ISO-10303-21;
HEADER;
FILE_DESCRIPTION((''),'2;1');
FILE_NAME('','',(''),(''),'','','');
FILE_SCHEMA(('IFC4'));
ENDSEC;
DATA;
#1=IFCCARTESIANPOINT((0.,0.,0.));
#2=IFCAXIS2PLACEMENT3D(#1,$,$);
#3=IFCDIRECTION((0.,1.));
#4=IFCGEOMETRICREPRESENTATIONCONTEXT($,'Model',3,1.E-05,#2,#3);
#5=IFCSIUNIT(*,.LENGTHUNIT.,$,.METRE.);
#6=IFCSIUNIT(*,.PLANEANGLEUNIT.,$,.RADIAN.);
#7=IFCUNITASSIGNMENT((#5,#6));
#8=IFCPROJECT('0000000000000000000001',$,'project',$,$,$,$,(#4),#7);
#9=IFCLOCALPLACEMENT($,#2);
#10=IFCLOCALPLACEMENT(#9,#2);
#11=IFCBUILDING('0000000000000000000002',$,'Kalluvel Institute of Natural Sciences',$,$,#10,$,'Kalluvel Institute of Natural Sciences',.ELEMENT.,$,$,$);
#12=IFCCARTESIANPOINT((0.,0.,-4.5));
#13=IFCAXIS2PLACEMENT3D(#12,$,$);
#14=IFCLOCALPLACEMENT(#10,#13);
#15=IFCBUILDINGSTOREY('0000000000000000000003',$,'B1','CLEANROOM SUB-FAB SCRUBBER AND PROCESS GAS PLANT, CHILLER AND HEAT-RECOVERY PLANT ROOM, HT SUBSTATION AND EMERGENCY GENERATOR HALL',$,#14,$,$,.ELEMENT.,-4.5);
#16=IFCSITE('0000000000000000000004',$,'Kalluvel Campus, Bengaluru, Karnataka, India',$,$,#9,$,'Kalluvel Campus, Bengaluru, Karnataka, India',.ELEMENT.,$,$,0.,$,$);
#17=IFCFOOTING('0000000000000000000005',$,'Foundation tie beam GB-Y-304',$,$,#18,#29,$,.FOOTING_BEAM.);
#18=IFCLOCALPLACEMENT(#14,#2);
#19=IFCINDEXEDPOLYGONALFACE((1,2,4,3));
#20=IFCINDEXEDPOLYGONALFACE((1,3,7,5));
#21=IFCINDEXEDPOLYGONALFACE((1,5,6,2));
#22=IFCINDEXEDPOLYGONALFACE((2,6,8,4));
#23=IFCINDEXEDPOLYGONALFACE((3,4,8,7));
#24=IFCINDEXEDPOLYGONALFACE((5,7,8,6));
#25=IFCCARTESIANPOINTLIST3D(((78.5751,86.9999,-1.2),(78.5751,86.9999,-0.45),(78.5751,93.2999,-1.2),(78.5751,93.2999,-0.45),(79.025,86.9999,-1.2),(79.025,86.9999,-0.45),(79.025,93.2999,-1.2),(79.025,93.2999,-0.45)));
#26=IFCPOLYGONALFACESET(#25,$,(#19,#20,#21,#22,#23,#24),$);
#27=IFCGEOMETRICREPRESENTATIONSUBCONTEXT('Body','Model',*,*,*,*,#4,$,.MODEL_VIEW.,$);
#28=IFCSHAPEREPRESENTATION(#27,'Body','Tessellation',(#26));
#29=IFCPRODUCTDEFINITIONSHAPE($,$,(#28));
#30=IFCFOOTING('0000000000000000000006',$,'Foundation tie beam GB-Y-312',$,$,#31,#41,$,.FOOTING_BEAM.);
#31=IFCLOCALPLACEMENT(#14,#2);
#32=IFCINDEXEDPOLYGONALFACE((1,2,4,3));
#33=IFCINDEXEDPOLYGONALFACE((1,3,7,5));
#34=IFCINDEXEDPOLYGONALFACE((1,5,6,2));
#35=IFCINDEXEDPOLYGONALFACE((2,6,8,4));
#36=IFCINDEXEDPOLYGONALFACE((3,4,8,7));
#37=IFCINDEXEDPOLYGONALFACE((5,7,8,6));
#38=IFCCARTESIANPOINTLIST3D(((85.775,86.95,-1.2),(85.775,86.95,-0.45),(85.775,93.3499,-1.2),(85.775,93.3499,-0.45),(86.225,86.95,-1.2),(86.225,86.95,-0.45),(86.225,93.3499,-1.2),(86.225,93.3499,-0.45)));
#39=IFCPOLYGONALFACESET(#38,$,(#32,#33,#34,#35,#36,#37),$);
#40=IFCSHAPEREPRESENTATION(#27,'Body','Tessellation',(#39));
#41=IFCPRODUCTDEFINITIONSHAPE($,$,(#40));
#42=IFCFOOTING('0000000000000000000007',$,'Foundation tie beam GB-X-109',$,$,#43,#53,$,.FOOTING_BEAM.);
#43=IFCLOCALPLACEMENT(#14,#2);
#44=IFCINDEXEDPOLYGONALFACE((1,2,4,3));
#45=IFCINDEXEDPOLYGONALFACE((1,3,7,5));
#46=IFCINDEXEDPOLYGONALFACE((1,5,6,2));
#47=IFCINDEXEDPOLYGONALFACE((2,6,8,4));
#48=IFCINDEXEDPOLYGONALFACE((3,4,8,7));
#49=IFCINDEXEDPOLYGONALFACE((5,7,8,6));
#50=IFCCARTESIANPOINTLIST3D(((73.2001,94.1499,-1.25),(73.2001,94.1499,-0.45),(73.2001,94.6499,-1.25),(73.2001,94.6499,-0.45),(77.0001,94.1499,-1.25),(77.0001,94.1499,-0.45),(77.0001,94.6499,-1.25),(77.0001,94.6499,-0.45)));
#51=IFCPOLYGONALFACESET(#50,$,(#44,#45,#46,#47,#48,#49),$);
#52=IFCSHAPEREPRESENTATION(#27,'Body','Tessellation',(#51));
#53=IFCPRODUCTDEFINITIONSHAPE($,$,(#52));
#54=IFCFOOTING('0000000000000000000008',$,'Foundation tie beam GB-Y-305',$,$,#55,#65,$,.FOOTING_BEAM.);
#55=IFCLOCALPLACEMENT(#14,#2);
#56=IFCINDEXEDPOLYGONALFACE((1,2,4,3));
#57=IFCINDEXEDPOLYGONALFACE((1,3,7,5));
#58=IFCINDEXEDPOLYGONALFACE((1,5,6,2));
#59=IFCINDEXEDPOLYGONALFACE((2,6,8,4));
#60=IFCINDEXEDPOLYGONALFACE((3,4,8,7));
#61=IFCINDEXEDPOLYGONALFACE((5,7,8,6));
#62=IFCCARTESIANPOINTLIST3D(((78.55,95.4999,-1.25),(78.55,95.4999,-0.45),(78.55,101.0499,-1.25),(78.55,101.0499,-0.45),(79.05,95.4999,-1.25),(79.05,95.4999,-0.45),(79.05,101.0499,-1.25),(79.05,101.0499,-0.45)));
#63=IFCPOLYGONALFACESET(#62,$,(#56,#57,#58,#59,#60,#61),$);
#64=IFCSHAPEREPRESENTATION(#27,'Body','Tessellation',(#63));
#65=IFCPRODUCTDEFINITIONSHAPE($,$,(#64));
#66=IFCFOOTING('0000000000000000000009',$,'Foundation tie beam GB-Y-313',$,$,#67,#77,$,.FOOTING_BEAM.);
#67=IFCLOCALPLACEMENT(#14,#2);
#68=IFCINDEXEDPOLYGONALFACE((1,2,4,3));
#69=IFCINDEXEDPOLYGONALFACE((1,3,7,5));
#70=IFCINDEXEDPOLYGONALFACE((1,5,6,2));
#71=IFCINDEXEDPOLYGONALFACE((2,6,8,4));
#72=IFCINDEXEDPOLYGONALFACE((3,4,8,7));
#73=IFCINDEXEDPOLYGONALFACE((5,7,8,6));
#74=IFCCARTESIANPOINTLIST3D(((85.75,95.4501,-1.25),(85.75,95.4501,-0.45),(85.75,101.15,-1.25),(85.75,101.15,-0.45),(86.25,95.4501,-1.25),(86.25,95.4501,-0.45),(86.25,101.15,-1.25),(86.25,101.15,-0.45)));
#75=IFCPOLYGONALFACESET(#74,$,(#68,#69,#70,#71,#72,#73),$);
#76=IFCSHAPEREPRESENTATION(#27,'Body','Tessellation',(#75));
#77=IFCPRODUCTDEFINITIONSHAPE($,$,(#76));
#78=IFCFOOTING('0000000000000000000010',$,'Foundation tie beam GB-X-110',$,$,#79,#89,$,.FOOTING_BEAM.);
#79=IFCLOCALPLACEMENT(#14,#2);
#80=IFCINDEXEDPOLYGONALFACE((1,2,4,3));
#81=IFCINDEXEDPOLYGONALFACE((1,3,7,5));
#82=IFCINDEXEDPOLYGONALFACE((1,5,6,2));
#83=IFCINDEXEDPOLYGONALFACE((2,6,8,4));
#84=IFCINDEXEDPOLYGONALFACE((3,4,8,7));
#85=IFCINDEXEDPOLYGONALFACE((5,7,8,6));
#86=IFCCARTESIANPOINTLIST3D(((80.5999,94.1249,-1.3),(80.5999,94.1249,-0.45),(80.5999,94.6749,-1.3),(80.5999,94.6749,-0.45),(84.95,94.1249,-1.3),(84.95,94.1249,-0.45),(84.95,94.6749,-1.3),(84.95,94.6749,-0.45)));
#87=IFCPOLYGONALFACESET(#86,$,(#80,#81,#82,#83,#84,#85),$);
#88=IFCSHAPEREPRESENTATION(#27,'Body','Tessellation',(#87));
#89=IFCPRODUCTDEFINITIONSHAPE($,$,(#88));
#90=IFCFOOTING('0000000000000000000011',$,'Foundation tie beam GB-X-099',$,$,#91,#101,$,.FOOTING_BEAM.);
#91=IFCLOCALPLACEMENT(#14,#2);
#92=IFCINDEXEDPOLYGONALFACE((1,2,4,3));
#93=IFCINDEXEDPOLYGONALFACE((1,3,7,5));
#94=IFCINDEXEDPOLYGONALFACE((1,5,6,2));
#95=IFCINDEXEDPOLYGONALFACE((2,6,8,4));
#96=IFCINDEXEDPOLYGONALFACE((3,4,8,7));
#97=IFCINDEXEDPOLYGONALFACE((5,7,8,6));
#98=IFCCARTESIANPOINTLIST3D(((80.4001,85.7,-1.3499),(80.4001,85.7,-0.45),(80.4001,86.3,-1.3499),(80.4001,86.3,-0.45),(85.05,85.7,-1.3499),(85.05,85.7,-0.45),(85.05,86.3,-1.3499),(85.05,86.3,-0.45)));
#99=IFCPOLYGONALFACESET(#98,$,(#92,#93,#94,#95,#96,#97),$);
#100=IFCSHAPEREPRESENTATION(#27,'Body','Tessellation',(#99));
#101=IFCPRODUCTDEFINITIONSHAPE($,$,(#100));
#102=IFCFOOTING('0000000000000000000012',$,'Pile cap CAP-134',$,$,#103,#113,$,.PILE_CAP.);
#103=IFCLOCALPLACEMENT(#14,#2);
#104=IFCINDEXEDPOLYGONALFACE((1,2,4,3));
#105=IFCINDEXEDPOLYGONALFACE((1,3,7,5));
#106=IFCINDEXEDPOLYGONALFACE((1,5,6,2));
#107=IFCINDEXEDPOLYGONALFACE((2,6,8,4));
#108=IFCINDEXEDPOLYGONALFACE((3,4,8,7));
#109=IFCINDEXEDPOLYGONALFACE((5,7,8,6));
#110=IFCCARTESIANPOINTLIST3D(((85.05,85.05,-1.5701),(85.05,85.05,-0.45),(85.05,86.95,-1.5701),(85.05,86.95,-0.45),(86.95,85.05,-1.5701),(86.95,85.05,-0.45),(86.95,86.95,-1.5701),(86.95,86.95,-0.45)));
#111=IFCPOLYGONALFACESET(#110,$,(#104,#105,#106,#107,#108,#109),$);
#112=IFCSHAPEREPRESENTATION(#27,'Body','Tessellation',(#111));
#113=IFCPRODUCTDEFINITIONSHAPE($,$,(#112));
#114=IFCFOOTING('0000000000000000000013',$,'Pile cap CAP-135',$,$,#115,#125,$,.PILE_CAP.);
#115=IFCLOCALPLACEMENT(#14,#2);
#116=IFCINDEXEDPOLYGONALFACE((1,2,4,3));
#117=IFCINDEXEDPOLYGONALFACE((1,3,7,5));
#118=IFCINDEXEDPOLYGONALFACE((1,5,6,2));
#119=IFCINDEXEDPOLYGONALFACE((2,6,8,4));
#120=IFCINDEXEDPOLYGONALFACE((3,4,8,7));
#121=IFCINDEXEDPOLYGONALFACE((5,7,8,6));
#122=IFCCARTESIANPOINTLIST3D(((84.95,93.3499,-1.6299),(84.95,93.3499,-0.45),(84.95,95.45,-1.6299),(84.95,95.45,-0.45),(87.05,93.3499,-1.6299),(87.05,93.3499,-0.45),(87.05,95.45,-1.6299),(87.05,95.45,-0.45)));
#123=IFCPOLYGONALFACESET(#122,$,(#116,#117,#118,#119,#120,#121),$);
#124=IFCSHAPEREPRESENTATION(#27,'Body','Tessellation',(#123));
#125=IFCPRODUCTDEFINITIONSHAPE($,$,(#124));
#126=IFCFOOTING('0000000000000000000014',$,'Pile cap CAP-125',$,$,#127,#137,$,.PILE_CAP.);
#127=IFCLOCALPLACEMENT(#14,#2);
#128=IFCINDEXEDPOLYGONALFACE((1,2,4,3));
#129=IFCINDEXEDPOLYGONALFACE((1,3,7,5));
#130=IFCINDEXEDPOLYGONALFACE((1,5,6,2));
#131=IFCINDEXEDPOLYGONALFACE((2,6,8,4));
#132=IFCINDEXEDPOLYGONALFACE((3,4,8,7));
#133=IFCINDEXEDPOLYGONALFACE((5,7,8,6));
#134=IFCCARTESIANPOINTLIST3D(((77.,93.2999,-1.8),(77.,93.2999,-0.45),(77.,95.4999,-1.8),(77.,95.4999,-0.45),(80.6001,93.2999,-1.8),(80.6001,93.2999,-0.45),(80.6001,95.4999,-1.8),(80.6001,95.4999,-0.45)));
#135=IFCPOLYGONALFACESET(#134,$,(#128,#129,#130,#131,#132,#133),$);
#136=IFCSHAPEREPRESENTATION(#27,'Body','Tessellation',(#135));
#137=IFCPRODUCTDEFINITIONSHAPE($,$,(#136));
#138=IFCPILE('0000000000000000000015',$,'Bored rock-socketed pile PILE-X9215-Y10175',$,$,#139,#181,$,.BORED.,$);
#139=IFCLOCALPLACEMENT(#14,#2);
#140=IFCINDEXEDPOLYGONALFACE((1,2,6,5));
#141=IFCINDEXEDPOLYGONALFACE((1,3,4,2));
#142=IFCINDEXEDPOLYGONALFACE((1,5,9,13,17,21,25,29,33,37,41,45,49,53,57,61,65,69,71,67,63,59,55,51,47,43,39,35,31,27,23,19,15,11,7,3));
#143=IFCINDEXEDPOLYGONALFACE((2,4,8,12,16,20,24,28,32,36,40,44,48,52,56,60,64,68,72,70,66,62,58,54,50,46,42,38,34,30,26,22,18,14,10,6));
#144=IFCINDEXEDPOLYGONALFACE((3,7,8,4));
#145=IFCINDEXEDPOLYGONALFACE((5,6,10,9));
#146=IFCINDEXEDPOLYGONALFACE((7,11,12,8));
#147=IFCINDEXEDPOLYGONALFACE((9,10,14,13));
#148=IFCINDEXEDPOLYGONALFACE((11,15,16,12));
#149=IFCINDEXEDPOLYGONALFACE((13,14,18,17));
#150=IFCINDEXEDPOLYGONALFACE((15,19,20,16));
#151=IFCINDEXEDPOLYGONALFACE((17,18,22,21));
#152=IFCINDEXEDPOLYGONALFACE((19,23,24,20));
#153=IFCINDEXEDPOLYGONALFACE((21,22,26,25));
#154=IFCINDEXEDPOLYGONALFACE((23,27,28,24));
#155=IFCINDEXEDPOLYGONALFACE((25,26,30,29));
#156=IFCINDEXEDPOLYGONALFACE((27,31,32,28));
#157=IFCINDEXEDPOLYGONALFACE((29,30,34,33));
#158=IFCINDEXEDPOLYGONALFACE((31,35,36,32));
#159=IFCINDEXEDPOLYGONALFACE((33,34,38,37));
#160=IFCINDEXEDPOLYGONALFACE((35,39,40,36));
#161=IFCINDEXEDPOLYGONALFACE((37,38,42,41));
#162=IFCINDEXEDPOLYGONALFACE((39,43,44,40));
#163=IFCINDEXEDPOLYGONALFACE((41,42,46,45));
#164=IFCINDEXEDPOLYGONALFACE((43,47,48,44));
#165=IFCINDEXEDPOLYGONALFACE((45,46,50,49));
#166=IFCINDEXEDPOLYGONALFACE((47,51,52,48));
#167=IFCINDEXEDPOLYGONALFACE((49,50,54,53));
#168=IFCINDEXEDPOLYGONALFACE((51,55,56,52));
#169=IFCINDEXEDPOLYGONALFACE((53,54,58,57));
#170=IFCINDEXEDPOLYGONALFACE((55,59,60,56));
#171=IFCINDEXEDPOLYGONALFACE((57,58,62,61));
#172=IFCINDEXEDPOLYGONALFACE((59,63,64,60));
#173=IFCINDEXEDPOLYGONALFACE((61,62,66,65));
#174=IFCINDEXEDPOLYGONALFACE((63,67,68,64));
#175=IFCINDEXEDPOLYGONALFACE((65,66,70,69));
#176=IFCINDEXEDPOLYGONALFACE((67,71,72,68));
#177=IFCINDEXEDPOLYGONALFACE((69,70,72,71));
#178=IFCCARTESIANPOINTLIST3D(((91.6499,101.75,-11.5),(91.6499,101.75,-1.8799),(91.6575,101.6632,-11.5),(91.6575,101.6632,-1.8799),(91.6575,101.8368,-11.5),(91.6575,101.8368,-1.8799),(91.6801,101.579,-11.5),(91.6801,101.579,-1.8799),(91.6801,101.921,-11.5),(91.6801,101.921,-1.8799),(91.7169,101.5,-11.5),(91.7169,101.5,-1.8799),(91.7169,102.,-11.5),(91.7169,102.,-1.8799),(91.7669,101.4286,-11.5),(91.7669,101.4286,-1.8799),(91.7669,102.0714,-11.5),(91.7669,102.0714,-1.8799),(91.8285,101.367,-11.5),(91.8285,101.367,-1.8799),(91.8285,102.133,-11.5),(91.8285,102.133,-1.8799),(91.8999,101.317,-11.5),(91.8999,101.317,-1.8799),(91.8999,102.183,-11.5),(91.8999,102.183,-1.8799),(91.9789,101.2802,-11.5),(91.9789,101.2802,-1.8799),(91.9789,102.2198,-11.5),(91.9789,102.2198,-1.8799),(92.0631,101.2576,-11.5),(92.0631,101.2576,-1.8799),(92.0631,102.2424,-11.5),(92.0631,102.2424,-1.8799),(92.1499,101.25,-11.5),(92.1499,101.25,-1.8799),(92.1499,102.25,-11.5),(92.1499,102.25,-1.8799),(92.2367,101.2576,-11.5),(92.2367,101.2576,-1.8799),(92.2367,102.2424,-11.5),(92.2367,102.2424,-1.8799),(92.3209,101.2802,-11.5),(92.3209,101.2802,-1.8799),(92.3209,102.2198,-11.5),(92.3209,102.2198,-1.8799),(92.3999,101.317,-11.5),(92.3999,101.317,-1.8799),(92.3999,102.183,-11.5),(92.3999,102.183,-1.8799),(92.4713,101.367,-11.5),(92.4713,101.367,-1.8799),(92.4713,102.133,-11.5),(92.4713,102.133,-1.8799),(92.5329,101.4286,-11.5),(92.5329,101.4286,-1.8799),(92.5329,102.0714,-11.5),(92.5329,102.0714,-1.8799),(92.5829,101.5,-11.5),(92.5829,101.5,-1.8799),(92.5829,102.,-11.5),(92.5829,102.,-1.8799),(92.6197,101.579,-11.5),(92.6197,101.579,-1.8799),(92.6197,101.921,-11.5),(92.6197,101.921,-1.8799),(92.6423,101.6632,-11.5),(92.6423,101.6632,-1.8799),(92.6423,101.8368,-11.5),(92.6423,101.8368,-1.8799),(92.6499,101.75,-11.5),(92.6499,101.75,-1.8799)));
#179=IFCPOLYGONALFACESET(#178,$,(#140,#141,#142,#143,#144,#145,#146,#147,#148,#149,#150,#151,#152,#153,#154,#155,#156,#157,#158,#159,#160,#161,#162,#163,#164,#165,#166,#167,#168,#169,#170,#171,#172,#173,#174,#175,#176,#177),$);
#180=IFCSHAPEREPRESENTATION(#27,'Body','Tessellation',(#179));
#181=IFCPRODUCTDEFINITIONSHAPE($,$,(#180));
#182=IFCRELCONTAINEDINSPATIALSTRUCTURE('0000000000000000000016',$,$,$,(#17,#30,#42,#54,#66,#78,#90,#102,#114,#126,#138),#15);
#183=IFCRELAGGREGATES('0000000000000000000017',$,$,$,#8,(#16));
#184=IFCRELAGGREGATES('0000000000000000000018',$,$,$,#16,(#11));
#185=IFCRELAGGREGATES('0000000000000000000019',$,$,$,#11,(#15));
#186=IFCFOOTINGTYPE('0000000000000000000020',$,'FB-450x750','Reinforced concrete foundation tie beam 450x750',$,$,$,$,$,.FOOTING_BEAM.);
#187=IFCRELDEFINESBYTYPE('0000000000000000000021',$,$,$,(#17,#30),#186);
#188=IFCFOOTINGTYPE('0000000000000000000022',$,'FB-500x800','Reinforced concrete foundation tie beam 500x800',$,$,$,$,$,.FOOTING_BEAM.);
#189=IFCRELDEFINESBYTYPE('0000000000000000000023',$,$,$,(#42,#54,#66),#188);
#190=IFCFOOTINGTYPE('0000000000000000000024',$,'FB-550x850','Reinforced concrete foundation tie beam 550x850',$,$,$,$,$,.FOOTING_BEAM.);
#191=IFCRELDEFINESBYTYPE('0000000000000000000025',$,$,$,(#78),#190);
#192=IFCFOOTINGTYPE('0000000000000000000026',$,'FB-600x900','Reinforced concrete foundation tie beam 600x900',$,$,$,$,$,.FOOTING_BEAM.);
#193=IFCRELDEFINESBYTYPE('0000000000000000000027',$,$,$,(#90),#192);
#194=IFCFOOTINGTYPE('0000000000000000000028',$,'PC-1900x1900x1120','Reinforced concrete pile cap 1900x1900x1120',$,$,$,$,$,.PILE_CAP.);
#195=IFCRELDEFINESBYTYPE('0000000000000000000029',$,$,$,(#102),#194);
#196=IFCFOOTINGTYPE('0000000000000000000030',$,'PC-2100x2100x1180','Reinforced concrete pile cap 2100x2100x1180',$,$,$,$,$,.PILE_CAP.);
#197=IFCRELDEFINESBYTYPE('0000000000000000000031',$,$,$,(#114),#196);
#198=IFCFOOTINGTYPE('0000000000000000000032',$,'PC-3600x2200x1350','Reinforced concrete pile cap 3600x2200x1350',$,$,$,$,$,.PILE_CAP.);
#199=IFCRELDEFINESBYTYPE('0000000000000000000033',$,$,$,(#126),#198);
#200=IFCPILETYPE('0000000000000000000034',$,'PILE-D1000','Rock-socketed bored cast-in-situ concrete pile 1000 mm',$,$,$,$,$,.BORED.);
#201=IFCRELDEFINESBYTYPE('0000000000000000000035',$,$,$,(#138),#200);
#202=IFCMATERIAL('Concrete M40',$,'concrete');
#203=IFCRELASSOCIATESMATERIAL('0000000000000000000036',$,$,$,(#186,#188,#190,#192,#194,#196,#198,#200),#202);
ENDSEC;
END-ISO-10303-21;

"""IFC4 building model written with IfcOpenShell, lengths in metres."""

from ifc_helpers import new_model, si_unit, direction, frame, origin, origin_2d, place, context, subcontext, project, spatial, rectangle, circle, extrude, material, material_profile, profile_set, type_object, element, save


model = new_model("IFC4")

# Units and contexts
model_context = context("Model", 3, precision=1e-05, world=origin(), true_north=direction((0.0, 1.0)))
body_context = subcontext(model_context, "Body", "Model", "MODEL_VIEW")
ifc_project = project(units=[si_unit("LENGTHUNIT", "METRE"), si_unit("PLANEANGLEUNIT", "RADIAN")], contexts=[model_context])

# Site, building, storey
site_placement = place(None, origin())
site = spatial("IfcSite", under=ifc_project, at=site_placement, Name="Kalluvel Campus, Bengaluru, Karnataka, India", LongName="Kalluvel Campus, Bengaluru, Karnataka, India", CompositionType="ELEMENT", RefElevation=0.0)
building_placement = place(site_placement, origin())
building = spatial("IfcBuilding", under=site, at=building_placement, Name="Kalluvel Institute of Natural Sciences", LongName="Kalluvel Institute of Natural Sciences", CompositionType="ELEMENT")
storey_placement = place(building_placement, frame((0.0, 0.0, -4.5)))
storey = spatial("IfcBuildingStorey", under=building, at=storey_placement, Name="B1", Description="CLEANROOM SUB-FAB SCRUBBER AND PROCESS GAS PLANT, CHILLER AND HEAT-RECOVERY PLANT ROOM, HT SUBSTATION AND EMERGENCY GENERATOR HALL", CompositionType="ELEMENT", Elevation=-4.5)

# Footings
ifc_material_1 = material(Name="Concrete M40", Category="concrete")
footing_type_1 = type_object("IfcFootingType", Name="FB-450x750", Description="Reinforced concrete foundation tie beam 450x750", PredefinedType="FOOTING_BEAM", material=ifc_material_1)
footing_1_placement = place(storey_placement, frame((78.8, 90.1499, -1.2), z_axis=(0.0, 0.0, 1.0), x_axis=(1.0, 0.0, 0.0)))
element("IfcFooting", 1, at=footing_1_placement, inside=storey, type_object=footing_type_1, Name="Foundation tie beam GB-Y-304", PredefinedType="FOOTING_BEAM", context=body_context, shape_type="SweptSolid", body=[
    extrude(rectangle(XDim=0.45, YDim=6.3, at=origin_2d()), origin(), (0.0, 0.0, 1.0), 0.75),
])
footing_2_placement = place(storey_placement, frame((86.0, 90.1499, -1.2), z_axis=(0.0, 0.0, 1.0), x_axis=(1.0, 0.0, 0.0)))
element("IfcFooting", 2, at=footing_2_placement, inside=storey, type_object=footing_type_1, Name="Foundation tie beam GB-Y-312", PredefinedType="FOOTING_BEAM", context=body_context, shape_type="SweptSolid", body=[
    extrude(rectangle(XDim=0.45, YDim=6.3999, at=origin_2d()), origin(), (0.0, 0.0, 1.0), 0.75),
])
footing_type_2 = type_object("IfcFootingType", Name="FB-500x800", Description="Reinforced concrete foundation tie beam 500x800", PredefinedType="FOOTING_BEAM", material=ifc_material_1)
footing_3_placement = place(storey_placement, frame((75.1001, 94.3999, -1.25), z_axis=(0.0, 0.0, 1.0), x_axis=(1.0, 0.0, 0.0)))
element("IfcFooting", 3, at=footing_3_placement, inside=storey, type_object=footing_type_2, Name="Foundation tie beam GB-X-109", PredefinedType="FOOTING_BEAM", context=body_context, shape_type="SweptSolid", body=[
    extrude(rectangle(XDim=3.8, YDim=0.5, at=origin_2d()), origin(), (0.0, 0.0, 1.0), 0.8),
])
footing_4_placement = place(storey_placement, frame((78.8, 98.2749, -1.25), z_axis=(0.0, 0.0, 1.0), x_axis=(1.0, 0.0, 0.0)))
element("IfcFooting", 4, at=footing_4_placement, inside=storey, type_object=footing_type_2, Name="Foundation tie beam GB-Y-305", PredefinedType="FOOTING_BEAM", context=body_context, shape_type="SweptSolid", body=[
    extrude(rectangle(XDim=0.5, YDim=5.55, at=origin_2d()), origin(), (0.0, 0.0, 1.0), 0.8),
])
footing_5_placement = place(storey_placement, frame((86.0, 98.3, -1.25), z_axis=(0.0, 0.0, 1.0), x_axis=(1.0, 0.0, 0.0)))
element("IfcFooting", 5, at=footing_5_placement, inside=storey, type_object=footing_type_2, Name="Foundation tie beam GB-Y-313", PredefinedType="FOOTING_BEAM", context=body_context, shape_type="SweptSolid", body=[
    extrude(rectangle(XDim=0.5, YDim=5.7, at=origin_2d()), origin(), (0.0, 0.0, 1.0), 0.8),
])
footing_type_3 = type_object("IfcFootingType", Name="FB-550x850", Description="Reinforced concrete foundation tie beam 550x850", PredefinedType="FOOTING_BEAM", material=ifc_material_1)
footing_6_placement = place(storey_placement, frame((82.7749, 94.3999, -1.3), z_axis=(0.0, 0.0, 1.0), x_axis=(1.0, 0.0, 0.0)))
element("IfcFooting", 6, at=footing_6_placement, inside=storey, type_object=footing_type_3, Name="Foundation tie beam GB-X-110", PredefinedType="FOOTING_BEAM", context=body_context, shape_type="SweptSolid", body=[
    extrude(rectangle(XDim=4.3501, YDim=0.55, at=origin_2d()), origin(), (0.0, 0.0, 1.0), 0.8501),
])
footing_type_4 = type_object("IfcFootingType", Name="FB-600x900", Description="Reinforced concrete foundation tie beam 600x900", PredefinedType="FOOTING_BEAM", material=ifc_material_1)
footing_7_placement = place(storey_placement, frame((82.7251, 86.0, -1.3499), z_axis=(0.0, 0.0, 1.0), x_axis=(1.0, 0.0, 0.0)))
element("IfcFooting", 7, at=footing_7_placement, inside=storey, type_object=footing_type_4, Name="Foundation tie beam GB-X-099", PredefinedType="FOOTING_BEAM", context=body_context, shape_type="SweptSolid", body=[
    extrude(rectangle(XDim=4.6499, YDim=0.6001, at=origin_2d()), origin(), (0.0, 0.0, 1.0), 0.8999),
])
footing_type_5 = type_object("IfcFootingType", Name="PC-1900x1900x1120", Description="Reinforced concrete pile cap 1900x1900x1120", PredefinedType="PILE_CAP", material=ifc_material_1)
footing_8_placement = place(storey_placement, frame((86.0, 86.0, -1.5701), z_axis=(0.0, 0.0, 1.0), x_axis=(1.0, 0.0, 0.0)))
element("IfcFooting", 8, at=footing_8_placement, inside=storey, type_object=footing_type_5, Name="Pile cap CAP-134", PredefinedType="PILE_CAP", context=body_context, shape_type="SweptSolid", body=[
    extrude(rectangle(XDim=1.8999, YDim=1.8999, at=origin_2d()), origin(), (0.0, 0.0, 1.0), 1.1201),
])
footing_type_6 = type_object("IfcFootingType", Name="PC-2100x2100x1180", Description="Reinforced concrete pile cap 2100x2100x1180", PredefinedType="PILE_CAP", material=ifc_material_1)
footing_9_placement = place(storey_placement, frame((86.0, 94.3999, -1.6299), z_axis=(0.0, 0.0, 1.0), x_axis=(1.0, 0.0, 0.0)))
element("IfcFooting", 9, at=footing_9_placement, inside=storey, type_object=footing_type_6, Name="Pile cap CAP-135", PredefinedType="PILE_CAP", context=body_context, shape_type="SweptSolid", body=[
    extrude(rectangle(XDim=2.1001, YDim=2.1001, at=origin_2d()), origin(), (0.0, 0.0, 1.0), 1.1799),
])
footing_type_7 = type_object("IfcFootingType", Name="PC-3600x2200x1350", Description="Reinforced concrete pile cap 3600x2200x1350", PredefinedType="PILE_CAP", material=ifc_material_1)
footing_10_placement = place(storey_placement, frame((78.8, 94.3999, -1.8), z_axis=(0.0, 0.0, 1.0), x_axis=(1.0, 0.0, 0.0)))
element("IfcFooting", 10, at=footing_10_placement, inside=storey, type_object=footing_type_7, Name="Pile cap CAP-125", PredefinedType="PILE_CAP", context=body_context, shape_type="SweptSolid", body=[
    extrude(rectangle(XDim=3.6001, YDim=2.2, at=origin_2d()), origin(), (0.0, 0.0, 1.0), 1.3501),
])

# Pile
ifc_material_profile_1 = material_profile(ifc_material_1, circle(Radius=0.5, at=origin_2d()), Name="PILE D1000")
ifc_profile_set_1 = profile_set([ifc_material_profile_1], Name="Concrete M40")
pile_type_1 = type_object("IfcPileType", Name="PILE-D1000", Description="Rock-socketed bored cast-in-situ concrete pile 1000 mm", PredefinedType="BORED", material=ifc_profile_set_1)
for number, where, z_axis, x_axis, name in (
    (11, (92.1499, 101.75, -1.8799), (0.0, 0.0, -1.0), (1.0, 0.0, 0.0), "Bored rock-socketed pile PILE-X9215-Y10175"),
):
    element("IfcPile", number, at=place(storey_placement, frame(where, z_axis=z_axis, x_axis=x_axis)), inside=storey, type_object=pile_type_1, Name=name, PredefinedType="BORED", context=body_context, shape_type="SweptSolid", body=[
        extrude(circle(Radius=0.5, at=origin_2d()), origin(), (0.0, 0.0, 1.0), 9.6201),
    ])

save(model, "model.ifc")
